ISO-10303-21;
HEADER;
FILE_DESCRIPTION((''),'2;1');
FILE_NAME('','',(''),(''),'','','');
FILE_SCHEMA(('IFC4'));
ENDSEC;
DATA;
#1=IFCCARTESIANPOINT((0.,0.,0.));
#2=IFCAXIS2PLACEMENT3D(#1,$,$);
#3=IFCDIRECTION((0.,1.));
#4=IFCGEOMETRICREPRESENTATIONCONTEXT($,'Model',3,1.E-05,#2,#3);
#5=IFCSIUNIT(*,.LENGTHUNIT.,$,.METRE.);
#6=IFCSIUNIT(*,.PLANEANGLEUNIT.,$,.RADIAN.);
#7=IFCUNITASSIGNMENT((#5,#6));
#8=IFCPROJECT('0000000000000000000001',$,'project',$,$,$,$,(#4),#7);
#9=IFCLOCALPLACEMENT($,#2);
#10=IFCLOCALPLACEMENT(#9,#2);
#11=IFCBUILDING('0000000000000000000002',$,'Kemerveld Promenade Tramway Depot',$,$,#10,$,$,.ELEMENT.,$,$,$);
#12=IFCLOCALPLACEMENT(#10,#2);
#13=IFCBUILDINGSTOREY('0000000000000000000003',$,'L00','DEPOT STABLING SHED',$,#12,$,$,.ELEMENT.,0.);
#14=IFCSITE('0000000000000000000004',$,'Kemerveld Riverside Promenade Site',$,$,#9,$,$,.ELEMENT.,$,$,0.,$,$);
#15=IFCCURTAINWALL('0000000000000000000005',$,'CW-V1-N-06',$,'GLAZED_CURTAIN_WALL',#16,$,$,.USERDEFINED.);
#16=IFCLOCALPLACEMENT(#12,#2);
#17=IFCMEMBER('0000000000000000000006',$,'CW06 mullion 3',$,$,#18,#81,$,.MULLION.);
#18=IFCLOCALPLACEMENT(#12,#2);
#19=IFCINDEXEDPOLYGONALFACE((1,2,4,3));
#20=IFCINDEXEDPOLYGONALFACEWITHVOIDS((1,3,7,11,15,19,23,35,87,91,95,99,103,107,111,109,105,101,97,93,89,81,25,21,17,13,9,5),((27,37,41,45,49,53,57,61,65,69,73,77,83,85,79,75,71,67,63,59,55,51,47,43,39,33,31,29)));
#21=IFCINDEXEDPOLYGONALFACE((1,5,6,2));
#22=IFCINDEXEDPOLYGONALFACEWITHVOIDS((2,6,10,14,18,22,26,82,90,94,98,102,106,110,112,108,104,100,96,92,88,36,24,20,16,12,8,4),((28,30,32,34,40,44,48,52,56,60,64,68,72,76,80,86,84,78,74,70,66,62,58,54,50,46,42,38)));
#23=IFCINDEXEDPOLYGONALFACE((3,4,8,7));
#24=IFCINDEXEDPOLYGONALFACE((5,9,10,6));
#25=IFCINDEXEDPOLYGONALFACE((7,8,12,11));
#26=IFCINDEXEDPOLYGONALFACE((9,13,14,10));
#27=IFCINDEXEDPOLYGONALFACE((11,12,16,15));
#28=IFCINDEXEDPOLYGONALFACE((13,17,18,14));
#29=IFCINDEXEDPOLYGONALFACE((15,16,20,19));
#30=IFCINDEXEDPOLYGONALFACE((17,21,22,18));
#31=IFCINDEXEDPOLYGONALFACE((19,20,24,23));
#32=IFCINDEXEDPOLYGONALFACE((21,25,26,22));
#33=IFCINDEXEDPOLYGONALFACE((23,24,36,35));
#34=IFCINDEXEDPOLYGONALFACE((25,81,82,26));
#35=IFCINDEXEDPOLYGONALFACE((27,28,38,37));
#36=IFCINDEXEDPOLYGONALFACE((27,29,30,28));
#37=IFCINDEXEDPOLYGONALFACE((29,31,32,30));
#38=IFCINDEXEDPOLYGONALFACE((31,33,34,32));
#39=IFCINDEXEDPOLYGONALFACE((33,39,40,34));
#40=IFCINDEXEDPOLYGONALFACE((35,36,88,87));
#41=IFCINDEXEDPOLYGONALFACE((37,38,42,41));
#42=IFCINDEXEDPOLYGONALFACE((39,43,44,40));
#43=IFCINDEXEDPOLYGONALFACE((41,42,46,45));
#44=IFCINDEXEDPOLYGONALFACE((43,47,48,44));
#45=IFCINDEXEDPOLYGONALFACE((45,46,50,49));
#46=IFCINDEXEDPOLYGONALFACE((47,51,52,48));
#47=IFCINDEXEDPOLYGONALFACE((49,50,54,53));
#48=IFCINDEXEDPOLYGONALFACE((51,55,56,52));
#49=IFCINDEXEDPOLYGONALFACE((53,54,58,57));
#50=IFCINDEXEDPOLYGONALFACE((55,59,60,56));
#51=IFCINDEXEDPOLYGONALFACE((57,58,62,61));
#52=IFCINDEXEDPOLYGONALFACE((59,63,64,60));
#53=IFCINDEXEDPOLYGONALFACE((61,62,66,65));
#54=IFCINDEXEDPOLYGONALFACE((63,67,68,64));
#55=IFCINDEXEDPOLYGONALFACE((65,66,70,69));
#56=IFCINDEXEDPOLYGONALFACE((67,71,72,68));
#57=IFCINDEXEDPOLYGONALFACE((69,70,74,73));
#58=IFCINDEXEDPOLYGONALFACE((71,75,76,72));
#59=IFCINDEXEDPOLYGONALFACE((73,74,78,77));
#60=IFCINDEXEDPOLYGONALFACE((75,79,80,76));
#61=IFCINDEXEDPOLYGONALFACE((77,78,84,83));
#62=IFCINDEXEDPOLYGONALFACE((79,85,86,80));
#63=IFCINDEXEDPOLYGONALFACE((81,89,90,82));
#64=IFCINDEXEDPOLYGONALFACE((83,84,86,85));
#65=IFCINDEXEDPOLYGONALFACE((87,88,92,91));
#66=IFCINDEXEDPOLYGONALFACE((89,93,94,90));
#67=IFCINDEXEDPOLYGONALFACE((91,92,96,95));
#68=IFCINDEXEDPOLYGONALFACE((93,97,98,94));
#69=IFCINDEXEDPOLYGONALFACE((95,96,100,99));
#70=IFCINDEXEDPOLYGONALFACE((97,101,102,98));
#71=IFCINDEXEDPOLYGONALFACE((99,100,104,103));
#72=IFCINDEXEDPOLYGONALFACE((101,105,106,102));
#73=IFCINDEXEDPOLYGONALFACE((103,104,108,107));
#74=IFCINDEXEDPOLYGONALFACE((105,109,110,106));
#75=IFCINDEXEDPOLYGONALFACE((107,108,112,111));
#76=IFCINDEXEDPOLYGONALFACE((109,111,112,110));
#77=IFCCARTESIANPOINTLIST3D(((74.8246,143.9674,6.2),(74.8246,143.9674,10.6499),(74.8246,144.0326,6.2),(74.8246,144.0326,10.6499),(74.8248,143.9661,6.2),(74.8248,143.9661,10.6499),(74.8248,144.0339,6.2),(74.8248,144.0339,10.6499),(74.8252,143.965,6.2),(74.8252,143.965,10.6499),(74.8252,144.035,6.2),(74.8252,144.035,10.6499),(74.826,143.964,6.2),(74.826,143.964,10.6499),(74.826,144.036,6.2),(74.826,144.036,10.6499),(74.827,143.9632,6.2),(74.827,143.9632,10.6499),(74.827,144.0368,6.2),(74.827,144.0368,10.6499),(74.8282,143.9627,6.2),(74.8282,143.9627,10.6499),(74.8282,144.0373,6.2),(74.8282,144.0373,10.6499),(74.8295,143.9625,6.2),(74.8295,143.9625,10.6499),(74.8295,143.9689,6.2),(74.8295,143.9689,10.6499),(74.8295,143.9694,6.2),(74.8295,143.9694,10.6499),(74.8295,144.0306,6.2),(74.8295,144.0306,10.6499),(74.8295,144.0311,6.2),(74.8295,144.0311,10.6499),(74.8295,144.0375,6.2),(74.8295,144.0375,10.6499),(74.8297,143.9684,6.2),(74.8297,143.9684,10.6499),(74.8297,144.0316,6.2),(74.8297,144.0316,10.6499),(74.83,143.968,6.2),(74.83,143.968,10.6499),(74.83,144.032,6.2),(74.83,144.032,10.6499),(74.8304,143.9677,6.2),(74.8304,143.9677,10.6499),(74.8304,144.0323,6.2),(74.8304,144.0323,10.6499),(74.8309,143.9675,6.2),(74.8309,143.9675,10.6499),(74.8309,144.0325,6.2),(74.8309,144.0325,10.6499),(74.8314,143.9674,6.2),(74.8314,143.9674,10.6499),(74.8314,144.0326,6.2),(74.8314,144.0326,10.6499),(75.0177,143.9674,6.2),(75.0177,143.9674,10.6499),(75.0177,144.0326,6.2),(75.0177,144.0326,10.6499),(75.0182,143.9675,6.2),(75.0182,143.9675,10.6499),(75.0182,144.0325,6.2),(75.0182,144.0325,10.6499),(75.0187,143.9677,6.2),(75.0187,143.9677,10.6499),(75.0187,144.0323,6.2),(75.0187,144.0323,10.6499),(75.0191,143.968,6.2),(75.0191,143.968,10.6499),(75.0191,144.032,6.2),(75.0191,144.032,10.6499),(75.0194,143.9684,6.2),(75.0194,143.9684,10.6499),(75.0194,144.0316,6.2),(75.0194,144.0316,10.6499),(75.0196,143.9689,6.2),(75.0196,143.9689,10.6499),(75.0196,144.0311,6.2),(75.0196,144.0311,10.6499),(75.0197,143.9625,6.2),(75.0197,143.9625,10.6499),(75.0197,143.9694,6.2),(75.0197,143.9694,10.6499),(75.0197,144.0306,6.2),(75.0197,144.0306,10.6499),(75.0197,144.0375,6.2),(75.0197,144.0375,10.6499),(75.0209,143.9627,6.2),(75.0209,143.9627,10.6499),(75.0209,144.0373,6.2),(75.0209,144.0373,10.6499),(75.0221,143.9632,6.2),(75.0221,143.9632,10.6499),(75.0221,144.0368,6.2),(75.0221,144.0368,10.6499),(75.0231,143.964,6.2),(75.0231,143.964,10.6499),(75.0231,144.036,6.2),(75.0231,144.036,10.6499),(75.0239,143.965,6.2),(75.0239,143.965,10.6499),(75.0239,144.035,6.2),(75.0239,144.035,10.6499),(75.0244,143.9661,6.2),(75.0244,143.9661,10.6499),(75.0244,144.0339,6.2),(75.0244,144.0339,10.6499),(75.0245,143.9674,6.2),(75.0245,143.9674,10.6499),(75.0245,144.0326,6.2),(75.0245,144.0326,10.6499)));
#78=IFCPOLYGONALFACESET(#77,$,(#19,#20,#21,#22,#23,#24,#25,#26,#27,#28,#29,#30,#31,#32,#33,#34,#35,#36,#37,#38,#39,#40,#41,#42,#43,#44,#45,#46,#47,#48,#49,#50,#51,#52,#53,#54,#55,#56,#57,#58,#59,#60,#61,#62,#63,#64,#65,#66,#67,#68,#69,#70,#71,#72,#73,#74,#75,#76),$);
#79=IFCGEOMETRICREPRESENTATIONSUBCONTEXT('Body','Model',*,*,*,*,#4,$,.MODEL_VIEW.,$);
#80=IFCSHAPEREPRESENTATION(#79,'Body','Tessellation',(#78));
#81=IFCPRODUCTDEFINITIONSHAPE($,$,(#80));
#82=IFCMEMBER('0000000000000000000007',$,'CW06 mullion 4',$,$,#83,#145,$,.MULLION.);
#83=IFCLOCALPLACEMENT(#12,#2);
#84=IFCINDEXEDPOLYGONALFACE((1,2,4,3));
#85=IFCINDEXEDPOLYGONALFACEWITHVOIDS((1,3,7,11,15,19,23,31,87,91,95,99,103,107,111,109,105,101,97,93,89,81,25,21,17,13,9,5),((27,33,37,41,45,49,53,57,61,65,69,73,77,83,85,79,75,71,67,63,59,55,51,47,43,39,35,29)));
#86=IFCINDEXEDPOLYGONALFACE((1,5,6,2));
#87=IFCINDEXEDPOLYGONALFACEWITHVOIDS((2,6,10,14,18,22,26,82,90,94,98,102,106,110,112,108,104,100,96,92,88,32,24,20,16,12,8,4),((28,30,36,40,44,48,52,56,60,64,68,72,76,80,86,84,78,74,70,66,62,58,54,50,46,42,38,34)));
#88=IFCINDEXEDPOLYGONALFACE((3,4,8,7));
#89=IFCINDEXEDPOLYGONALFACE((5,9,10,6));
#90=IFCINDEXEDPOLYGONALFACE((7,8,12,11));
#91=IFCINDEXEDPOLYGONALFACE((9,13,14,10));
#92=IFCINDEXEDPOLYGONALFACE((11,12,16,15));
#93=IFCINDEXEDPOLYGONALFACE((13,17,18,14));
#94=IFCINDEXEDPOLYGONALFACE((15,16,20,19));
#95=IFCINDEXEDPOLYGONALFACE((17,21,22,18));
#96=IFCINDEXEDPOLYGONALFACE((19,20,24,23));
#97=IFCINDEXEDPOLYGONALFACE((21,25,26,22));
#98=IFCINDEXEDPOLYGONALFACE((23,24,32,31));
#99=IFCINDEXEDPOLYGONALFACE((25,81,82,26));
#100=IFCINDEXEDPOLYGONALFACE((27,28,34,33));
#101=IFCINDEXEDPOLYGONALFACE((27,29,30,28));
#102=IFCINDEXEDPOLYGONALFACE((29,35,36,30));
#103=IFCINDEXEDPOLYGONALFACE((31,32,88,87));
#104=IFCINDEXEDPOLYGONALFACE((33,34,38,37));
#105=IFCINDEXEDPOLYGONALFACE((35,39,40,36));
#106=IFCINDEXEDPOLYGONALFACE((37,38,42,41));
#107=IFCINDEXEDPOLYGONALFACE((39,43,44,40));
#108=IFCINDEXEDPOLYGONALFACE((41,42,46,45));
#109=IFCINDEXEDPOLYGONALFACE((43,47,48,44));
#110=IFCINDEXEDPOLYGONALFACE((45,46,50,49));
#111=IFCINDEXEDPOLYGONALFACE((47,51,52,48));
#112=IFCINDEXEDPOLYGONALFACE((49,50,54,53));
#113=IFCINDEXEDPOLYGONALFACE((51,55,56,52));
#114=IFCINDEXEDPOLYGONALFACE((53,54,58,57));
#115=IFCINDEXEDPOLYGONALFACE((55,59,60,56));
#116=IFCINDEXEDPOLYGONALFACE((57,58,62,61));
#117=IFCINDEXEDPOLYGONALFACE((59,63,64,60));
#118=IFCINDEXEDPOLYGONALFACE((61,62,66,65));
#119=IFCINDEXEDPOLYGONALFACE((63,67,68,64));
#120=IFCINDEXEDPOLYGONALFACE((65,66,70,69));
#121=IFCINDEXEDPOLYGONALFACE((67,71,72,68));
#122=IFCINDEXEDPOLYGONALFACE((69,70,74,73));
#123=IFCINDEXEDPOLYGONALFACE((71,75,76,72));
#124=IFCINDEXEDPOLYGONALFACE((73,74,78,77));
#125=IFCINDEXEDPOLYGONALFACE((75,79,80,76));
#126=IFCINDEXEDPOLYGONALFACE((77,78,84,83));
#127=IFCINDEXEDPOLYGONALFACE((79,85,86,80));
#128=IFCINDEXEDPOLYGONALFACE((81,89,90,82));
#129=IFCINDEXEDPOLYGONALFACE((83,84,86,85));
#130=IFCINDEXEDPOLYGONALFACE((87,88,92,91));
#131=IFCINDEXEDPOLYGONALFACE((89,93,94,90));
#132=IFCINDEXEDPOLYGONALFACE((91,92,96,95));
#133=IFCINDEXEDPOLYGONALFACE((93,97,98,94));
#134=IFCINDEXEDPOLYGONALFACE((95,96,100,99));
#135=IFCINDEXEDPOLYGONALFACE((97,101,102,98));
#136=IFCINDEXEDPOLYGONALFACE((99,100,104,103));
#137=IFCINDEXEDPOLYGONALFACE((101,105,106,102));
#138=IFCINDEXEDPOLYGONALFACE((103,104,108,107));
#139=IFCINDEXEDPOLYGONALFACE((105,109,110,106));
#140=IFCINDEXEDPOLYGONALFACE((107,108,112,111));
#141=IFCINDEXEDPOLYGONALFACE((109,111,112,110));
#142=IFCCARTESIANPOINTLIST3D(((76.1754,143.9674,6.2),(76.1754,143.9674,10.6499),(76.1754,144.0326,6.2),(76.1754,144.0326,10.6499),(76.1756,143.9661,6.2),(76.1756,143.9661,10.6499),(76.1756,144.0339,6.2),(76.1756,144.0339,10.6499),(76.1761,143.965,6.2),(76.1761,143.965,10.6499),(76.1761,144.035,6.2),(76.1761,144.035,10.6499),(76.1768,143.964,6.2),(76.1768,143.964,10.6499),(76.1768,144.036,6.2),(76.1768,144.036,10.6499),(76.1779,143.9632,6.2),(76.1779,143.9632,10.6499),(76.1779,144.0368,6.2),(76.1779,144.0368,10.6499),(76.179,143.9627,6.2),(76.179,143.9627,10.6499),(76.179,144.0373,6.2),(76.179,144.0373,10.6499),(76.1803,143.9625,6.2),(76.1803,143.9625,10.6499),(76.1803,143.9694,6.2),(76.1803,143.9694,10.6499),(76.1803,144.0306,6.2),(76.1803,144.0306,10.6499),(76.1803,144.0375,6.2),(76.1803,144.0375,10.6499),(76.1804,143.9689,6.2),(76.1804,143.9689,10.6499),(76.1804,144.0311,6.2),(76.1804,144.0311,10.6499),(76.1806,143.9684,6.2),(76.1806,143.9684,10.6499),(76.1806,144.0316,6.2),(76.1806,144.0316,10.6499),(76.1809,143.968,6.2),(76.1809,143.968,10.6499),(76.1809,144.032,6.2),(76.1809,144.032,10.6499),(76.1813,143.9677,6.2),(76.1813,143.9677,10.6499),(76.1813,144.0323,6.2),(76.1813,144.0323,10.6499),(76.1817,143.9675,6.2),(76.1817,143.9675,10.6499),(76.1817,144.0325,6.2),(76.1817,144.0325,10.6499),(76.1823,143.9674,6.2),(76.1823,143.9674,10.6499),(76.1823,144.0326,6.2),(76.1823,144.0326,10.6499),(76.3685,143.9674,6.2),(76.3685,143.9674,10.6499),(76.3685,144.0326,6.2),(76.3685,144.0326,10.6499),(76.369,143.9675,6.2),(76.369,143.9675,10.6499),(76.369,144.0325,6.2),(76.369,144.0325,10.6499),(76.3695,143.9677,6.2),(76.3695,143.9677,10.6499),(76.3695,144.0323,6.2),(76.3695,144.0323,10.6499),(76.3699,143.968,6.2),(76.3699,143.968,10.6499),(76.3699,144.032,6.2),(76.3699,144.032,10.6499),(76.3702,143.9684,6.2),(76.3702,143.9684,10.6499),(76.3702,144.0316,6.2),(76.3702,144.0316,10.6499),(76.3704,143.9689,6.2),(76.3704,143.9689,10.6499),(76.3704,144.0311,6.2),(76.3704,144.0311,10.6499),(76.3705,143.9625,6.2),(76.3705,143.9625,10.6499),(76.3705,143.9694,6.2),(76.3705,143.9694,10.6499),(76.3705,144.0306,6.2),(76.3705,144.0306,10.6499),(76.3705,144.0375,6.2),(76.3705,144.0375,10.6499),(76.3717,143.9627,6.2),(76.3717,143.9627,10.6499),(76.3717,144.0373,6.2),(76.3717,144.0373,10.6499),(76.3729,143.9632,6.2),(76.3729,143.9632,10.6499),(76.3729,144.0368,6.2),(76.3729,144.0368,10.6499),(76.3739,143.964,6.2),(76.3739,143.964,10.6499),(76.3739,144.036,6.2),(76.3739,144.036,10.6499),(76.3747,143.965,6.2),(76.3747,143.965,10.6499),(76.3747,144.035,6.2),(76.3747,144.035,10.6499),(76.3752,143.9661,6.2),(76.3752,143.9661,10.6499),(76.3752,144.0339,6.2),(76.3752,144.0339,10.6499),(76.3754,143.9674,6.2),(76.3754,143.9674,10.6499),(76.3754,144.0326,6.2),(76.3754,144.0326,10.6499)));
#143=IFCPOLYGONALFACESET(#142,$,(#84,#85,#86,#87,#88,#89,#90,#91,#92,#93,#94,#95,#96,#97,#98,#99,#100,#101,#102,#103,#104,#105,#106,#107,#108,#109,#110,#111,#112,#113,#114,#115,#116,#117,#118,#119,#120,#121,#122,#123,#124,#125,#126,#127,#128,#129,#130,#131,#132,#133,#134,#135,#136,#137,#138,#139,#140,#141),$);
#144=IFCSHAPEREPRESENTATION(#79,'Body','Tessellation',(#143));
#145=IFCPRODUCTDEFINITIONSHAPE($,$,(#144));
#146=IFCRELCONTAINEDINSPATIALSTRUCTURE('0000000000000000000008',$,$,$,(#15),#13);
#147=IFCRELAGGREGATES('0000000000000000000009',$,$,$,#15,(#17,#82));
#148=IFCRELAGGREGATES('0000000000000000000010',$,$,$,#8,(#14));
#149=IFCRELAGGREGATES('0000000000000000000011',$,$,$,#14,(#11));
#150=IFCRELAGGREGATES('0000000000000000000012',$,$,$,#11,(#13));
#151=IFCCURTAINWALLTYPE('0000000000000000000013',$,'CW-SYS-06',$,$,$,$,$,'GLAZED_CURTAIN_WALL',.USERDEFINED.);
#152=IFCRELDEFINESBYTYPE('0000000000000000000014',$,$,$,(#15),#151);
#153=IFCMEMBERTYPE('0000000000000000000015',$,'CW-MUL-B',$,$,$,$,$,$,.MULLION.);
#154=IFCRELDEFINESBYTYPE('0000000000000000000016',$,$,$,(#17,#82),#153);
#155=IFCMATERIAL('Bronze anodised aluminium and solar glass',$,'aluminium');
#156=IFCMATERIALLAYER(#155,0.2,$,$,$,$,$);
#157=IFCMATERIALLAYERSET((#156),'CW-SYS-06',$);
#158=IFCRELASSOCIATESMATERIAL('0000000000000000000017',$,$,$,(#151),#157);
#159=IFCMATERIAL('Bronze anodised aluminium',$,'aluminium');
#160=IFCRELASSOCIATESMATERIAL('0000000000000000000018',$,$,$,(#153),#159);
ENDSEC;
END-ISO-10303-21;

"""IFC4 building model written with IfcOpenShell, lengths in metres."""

from ifc_helpers import new_model, si_unit, direction, frame, origin, origin_2d, place, context, subcontext, project, spatial, hollow_rectangle, extrude, material, layer, layer_set, material_profile, profile_set, type_object, element, aggregate, save


model = new_model("IFC4")

# Units and contexts
model_context = context("Model", 3, precision=1e-05, world=origin(), true_north=direction((0.0, 1.0)))
body_context = subcontext(model_context, "Body", "Model", "MODEL_VIEW")
ifc_project = project(units=[si_unit("LENGTHUNIT", "METRE"), si_unit("PLANEANGLEUNIT", "RADIAN")], contexts=[model_context])

# Site, building, storey
site_placement = place(None, origin())
site = spatial("IfcSite", under=ifc_project, at=site_placement, Name="Kemerveld Riverside Promenade Site", CompositionType="ELEMENT", RefElevation=0.0)
building_placement = place(site_placement, origin())
building = spatial("IfcBuilding", under=site, at=building_placement, Name="Kemerveld Promenade Tramway Depot", CompositionType="ELEMENT")
storey_placement = place(building_placement, origin())
storey = spatial("IfcBuildingStorey", under=building, at=storey_placement, Name="L00", Description="DEPOT STABLING SHED", CompositionType="ELEMENT", Elevation=0.0)

# Curtain wall, members
ifc_material_1 = material(Name="Bronze anodised aluminium and solar glass", Category="aluminium")
ifc_material_2 = material(Name="Bronze anodised aluminium", Category="aluminium")
ifc_layer_1 = layer(ifc_material_1, 0.2)
ifc_layer_set_1 = layer_set([ifc_layer_1], Name="CW-SYS-06")
curtain_wall_type_1 = type_object("IfcCurtainWallType", Name="CW-SYS-06", ElementType="GLAZED_CURTAIN_WALL", PredefinedType="USERDEFINED", material=ifc_layer_set_1)
curtain_wall_1_placement = place(storey_placement, origin())
curtain_wall_1 = element("IfcCurtainWall", 1, at=curtain_wall_1_placement, inside=storey, type_object=curtain_wall_type_1, Name="CW-V1-N-06", ObjectType="GLAZED_CURTAIN_WALL", PredefinedType="USERDEFINED")
ifc_material_profile_1 = material_profile(ifc_material_2, hollow_rectangle(XDim=0.075, YDim=0.2, WallThickness=0.0049, InnerFilletRadius=0.002, OuterFilletRadius=0.0049, at=origin_2d()), Name="CW-MUL-200x75")
ifc_profile_set_1 = profile_set([ifc_material_profile_1], Name="Bronze anodised aluminium")
member_type_1 = type_object("IfcMemberType", Name="CW-MUL-B", PredefinedType="MULLION", material=ifc_profile_set_1)
member_1_placement = place(storey_placement, frame((74.9246, 144.0, 6.2), z_axis=(0.0, 0.0, 1.0), x_axis=(0.0, 1.0, 0.0)))
member_1 = element("IfcMember", 2, at=member_1_placement, type_object=member_type_1, Name="CW06 mullion 3", PredefinedType="MULLION", context=body_context, shape_type="SweptSolid", body=[
    extrude(hollow_rectangle(XDim=0.075, YDim=0.2, WallThickness=0.0049, InnerFilletRadius=0.002, OuterFilletRadius=0.0049, at=origin_2d()), origin(), (0.0, 0.0, 1.0), 4.45),
])
member_2_placement = place(storey_placement, frame((76.2754, 144.0, 6.2), z_axis=(0.0, 0.0, 1.0), x_axis=(0.0, 1.0, 0.0)))
member_2 = element("IfcMember", 3, at=member_2_placement, type_object=member_type_1, Name="CW06 mullion 4", PredefinedType="MULLION", context=body_context, shape_type="SweptSolid", body=[
    extrude(hollow_rectangle(XDim=0.075, YDim=0.2, WallThickness=0.0049, InnerFilletRadius=0.002, OuterFilletRadius=0.0049, at=origin_2d()), origin(), (0.0, 0.0, 1.0), 4.45),
])

aggregate(curtain_wall_1, [member_1, member_2])

save(model, "model.ifc")
